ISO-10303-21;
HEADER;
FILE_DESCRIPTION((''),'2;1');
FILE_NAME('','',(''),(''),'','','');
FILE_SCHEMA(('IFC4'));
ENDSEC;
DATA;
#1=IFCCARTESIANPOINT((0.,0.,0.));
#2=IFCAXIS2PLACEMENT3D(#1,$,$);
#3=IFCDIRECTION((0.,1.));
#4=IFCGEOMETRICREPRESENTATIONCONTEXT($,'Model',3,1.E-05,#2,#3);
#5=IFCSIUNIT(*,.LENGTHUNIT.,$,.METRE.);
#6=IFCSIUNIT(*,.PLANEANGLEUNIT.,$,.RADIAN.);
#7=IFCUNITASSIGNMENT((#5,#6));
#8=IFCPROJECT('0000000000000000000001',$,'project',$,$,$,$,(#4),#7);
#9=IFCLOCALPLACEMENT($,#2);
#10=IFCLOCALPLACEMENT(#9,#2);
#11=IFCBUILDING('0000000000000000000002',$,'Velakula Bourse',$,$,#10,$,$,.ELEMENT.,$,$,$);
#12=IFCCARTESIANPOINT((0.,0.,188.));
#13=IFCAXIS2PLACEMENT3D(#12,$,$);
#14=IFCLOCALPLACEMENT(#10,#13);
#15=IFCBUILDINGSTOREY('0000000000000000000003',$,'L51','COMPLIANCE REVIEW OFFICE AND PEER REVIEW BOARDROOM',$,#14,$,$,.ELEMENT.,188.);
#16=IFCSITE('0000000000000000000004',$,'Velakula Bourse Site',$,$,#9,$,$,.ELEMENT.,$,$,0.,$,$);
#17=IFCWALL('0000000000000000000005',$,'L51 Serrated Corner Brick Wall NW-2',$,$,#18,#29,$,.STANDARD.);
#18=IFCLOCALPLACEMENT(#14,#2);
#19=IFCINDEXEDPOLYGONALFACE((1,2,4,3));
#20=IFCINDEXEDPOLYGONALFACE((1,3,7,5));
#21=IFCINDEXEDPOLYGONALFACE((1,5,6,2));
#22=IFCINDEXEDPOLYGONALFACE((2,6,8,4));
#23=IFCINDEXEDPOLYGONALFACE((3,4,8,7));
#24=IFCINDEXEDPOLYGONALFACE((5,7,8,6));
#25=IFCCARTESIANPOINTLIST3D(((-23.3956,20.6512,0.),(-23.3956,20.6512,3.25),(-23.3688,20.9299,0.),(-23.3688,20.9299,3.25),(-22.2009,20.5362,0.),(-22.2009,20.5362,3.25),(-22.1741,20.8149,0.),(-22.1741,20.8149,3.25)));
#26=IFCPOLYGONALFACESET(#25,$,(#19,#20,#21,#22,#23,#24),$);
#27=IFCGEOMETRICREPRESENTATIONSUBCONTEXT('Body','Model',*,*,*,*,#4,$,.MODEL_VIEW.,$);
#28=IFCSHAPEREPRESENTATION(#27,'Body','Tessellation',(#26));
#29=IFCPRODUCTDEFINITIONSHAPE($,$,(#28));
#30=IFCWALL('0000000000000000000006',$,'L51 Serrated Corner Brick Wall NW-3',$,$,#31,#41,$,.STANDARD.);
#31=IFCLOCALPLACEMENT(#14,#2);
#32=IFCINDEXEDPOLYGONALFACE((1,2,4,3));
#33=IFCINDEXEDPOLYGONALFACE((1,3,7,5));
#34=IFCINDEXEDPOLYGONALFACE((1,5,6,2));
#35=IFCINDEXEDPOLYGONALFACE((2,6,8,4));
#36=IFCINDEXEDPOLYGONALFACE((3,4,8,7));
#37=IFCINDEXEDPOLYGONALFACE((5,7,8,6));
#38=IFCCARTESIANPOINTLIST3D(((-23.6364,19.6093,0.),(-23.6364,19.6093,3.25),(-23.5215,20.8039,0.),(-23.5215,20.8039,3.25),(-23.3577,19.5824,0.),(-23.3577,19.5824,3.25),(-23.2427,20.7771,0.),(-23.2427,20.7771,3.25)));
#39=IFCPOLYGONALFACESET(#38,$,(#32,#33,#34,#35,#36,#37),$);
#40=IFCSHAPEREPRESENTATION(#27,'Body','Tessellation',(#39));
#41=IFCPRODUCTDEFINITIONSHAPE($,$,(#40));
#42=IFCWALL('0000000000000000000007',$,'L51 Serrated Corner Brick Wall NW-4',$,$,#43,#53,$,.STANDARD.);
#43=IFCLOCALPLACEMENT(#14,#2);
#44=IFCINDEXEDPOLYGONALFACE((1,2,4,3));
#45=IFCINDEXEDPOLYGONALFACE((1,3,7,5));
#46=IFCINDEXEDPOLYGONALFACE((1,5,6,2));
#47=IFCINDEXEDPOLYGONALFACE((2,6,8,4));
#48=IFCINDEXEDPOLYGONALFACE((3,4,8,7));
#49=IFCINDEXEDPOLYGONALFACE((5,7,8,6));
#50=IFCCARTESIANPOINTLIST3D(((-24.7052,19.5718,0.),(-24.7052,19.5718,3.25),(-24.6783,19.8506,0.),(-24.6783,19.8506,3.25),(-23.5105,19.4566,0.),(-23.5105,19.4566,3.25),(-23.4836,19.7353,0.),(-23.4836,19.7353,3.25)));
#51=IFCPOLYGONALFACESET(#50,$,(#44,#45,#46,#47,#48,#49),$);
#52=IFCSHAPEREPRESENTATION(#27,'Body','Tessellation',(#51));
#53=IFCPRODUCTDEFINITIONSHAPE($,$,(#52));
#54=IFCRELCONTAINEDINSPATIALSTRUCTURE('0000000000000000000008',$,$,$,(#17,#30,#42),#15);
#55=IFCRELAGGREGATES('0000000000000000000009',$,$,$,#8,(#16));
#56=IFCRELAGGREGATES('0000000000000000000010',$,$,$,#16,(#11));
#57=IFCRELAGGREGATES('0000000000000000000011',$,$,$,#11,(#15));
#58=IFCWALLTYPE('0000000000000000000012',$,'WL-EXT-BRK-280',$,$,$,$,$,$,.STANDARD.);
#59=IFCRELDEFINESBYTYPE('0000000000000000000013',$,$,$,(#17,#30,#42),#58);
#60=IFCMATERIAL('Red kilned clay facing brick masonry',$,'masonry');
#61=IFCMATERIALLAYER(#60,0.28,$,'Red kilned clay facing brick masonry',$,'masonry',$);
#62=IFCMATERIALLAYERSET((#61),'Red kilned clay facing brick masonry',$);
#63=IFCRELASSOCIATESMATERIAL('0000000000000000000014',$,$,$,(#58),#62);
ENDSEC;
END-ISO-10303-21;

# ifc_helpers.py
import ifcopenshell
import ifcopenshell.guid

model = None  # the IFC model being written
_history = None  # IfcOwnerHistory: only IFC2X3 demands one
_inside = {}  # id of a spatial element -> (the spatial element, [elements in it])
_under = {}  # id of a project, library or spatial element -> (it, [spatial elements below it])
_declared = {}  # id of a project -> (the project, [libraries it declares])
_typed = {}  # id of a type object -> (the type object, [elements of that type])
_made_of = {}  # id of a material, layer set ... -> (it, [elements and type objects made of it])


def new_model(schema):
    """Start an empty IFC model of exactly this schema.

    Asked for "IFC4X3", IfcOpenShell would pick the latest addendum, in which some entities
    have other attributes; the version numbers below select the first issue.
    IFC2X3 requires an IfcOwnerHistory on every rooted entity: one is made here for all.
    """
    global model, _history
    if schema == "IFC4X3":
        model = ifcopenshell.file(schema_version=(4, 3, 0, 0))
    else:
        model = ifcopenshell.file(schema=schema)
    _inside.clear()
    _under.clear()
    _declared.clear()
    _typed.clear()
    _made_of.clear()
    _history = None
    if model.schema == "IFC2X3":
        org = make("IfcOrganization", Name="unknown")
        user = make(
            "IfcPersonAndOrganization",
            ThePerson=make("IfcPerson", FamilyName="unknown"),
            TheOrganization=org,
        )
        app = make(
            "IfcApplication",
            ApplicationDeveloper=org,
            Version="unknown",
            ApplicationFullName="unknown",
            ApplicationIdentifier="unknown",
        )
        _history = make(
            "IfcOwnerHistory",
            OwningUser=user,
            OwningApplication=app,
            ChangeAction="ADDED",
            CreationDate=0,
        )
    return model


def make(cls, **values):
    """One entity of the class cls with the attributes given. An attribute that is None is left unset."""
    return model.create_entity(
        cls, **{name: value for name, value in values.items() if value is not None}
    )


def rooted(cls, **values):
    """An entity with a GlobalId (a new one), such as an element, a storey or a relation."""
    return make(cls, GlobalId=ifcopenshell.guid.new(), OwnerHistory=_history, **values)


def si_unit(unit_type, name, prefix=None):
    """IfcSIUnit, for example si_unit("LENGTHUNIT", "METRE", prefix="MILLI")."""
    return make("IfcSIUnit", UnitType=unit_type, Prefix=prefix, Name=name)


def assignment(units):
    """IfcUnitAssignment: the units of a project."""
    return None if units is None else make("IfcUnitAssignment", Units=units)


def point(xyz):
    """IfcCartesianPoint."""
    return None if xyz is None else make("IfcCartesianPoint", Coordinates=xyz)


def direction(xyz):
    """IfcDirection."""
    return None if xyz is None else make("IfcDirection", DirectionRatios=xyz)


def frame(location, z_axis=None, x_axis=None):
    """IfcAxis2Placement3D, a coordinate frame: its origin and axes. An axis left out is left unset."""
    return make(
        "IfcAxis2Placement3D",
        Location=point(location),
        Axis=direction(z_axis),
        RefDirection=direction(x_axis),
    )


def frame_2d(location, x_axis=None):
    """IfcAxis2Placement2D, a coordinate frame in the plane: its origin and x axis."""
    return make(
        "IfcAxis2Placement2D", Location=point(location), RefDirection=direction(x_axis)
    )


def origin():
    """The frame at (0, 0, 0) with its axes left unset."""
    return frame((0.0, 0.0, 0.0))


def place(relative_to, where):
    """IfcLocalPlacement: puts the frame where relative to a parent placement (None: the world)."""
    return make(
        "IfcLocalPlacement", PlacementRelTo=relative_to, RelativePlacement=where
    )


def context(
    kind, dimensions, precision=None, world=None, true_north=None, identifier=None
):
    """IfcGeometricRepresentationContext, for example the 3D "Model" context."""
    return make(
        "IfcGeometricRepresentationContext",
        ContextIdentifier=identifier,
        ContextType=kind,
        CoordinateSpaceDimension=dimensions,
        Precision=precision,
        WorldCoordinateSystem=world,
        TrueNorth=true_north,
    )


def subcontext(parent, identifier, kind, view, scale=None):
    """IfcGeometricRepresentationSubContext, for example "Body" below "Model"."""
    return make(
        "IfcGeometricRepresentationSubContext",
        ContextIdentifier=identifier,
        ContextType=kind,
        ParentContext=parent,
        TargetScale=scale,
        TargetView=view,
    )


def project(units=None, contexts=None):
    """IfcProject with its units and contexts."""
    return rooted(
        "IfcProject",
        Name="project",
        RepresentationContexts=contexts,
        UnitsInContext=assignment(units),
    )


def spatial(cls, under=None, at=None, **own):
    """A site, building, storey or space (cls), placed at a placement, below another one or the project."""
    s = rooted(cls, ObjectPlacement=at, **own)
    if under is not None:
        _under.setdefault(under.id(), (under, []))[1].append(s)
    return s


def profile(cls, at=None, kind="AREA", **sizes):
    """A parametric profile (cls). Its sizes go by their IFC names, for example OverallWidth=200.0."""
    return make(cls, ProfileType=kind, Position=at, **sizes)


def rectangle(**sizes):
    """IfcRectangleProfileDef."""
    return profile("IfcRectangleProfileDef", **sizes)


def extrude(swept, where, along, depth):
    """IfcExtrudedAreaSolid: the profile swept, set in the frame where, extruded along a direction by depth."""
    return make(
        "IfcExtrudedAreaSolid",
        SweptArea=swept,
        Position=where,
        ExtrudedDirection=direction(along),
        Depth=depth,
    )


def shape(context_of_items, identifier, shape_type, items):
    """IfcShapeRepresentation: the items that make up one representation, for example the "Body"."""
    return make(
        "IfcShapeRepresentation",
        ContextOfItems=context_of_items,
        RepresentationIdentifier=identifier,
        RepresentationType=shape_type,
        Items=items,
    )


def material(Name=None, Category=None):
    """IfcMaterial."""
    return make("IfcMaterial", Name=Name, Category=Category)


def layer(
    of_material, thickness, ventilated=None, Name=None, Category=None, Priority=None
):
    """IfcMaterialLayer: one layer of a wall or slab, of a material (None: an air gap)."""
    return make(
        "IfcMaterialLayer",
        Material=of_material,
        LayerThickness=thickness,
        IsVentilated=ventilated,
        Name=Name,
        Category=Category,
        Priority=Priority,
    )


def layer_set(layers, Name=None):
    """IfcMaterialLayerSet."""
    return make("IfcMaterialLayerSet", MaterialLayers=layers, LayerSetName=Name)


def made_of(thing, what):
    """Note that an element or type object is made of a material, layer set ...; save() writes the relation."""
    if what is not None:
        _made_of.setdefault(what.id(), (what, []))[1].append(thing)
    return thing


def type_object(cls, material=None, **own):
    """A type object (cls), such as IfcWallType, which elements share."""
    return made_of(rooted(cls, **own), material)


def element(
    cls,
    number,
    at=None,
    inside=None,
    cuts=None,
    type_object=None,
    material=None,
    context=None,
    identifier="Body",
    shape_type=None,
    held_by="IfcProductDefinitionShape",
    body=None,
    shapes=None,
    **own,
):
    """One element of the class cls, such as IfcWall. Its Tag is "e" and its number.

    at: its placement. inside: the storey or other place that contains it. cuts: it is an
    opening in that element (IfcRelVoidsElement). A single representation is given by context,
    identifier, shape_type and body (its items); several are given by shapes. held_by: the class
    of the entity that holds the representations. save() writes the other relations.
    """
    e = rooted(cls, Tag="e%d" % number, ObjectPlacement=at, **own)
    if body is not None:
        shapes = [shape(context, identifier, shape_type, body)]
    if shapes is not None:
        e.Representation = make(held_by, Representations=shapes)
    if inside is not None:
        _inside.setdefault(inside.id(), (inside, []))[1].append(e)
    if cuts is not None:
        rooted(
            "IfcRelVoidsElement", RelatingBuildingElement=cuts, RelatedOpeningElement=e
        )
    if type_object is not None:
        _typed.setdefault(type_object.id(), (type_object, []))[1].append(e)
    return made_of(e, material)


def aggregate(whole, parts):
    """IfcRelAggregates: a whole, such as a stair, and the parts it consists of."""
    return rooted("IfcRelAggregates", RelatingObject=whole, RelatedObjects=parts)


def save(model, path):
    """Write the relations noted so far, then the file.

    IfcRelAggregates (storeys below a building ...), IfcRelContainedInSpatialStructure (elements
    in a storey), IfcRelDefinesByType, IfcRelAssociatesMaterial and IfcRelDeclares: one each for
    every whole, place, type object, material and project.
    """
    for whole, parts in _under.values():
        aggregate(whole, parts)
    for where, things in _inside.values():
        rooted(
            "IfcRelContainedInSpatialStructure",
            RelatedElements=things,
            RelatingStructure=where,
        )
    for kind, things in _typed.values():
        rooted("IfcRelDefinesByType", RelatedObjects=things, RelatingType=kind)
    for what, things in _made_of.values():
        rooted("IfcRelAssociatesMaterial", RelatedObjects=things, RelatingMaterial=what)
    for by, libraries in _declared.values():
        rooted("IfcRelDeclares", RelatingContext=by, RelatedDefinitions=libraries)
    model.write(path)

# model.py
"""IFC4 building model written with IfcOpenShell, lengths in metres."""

from ifc_helpers import new_model, si_unit, direction, frame, frame_2d, origin, place, context, subcontext, project, spatial, rectangle, extrude, material, layer, layer_set, type_object, element, save


model = new_model("IFC4")

# Units and contexts
model_context = context("Model", 3, precision=1e-05, world=origin(), true_north=direction((0.0, 1.0)))
body_context = subcontext(model_context, "Body", "Model", "MODEL_VIEW")
ifc_project = project(units=[si_unit("LENGTHUNIT", "METRE"), si_unit("PLANEANGLEUNIT", "RADIAN")], contexts=[model_context])

# Site, building, storey
site_placement = place(None, origin())
site = spatial("IfcSite", under=ifc_project, at=site_placement, Name="Velakula Bourse Site", CompositionType="ELEMENT", RefElevation=0.0)
building_placement = place(site_placement, origin())
building = spatial("IfcBuilding", under=site, at=building_placement, Name="Velakula Bourse", CompositionType="ELEMENT")
storey_placement = place(building_placement, frame((0.0, 0.0, 188.0)))
storey = spatial("IfcBuildingStorey", under=building, at=storey_placement, Name="L51", Description="COMPLIANCE REVIEW OFFICE AND PEER REVIEW BOARDROOM", CompositionType="ELEMENT", Elevation=188.0)

# Shared definitions
ifc_material_1 = material(Name="Red kilned clay facing brick masonry", Category="masonry")
ifc_layer_1 = layer(ifc_material_1, 0.28, Name="Red kilned clay facing brick masonry", Category="masonry")
ifc_layer_set_1 = layer_set([ifc_layer_1], Name="Red kilned clay facing brick masonry")
wall_type_1 = type_object("IfcWallType", Name="WL-EXT-BRK-280", PredefinedType="STANDARD", material=ifc_layer_set_1)

# Walls
for number, where, z_axis, x_axis, name in (
    (1, (-22.1875, 20.6755, 0.0), (0.0, 0.0, 1.0), (-0.995399, 0.095817, 0.0), "L51 Serrated Corner Brick Wall NW-2"),
    (2, (-23.3821, 20.7905, 0.0), (0.0, 0.0, 1.0), (-0.095817, -0.995399, 0.0), "L51 Serrated Corner Brick Wall NW-3"),
    (3, (-23.4971, 19.5959, 0.0), (0.0, 0.0, 1.0), (-0.99538, 0.096019, 0.0), "L51 Serrated Corner Brick Wall NW-4"),
):
    element("IfcWall", number, at=place(storey_placement, frame(where, z_axis=z_axis, x_axis=x_axis)), inside=storey, type_object=wall_type_1, Name=name, PredefinedType="STANDARD", context=body_context, shape_type="SweptSolid", body=[
        extrude(rectangle(XDim=1.2002, YDim=0.28, at=frame_2d((0.6001, 0.0))), origin(), (0.0, 0.0, 1.0), 3.25),
    ])

save(model, "model.ifc")
